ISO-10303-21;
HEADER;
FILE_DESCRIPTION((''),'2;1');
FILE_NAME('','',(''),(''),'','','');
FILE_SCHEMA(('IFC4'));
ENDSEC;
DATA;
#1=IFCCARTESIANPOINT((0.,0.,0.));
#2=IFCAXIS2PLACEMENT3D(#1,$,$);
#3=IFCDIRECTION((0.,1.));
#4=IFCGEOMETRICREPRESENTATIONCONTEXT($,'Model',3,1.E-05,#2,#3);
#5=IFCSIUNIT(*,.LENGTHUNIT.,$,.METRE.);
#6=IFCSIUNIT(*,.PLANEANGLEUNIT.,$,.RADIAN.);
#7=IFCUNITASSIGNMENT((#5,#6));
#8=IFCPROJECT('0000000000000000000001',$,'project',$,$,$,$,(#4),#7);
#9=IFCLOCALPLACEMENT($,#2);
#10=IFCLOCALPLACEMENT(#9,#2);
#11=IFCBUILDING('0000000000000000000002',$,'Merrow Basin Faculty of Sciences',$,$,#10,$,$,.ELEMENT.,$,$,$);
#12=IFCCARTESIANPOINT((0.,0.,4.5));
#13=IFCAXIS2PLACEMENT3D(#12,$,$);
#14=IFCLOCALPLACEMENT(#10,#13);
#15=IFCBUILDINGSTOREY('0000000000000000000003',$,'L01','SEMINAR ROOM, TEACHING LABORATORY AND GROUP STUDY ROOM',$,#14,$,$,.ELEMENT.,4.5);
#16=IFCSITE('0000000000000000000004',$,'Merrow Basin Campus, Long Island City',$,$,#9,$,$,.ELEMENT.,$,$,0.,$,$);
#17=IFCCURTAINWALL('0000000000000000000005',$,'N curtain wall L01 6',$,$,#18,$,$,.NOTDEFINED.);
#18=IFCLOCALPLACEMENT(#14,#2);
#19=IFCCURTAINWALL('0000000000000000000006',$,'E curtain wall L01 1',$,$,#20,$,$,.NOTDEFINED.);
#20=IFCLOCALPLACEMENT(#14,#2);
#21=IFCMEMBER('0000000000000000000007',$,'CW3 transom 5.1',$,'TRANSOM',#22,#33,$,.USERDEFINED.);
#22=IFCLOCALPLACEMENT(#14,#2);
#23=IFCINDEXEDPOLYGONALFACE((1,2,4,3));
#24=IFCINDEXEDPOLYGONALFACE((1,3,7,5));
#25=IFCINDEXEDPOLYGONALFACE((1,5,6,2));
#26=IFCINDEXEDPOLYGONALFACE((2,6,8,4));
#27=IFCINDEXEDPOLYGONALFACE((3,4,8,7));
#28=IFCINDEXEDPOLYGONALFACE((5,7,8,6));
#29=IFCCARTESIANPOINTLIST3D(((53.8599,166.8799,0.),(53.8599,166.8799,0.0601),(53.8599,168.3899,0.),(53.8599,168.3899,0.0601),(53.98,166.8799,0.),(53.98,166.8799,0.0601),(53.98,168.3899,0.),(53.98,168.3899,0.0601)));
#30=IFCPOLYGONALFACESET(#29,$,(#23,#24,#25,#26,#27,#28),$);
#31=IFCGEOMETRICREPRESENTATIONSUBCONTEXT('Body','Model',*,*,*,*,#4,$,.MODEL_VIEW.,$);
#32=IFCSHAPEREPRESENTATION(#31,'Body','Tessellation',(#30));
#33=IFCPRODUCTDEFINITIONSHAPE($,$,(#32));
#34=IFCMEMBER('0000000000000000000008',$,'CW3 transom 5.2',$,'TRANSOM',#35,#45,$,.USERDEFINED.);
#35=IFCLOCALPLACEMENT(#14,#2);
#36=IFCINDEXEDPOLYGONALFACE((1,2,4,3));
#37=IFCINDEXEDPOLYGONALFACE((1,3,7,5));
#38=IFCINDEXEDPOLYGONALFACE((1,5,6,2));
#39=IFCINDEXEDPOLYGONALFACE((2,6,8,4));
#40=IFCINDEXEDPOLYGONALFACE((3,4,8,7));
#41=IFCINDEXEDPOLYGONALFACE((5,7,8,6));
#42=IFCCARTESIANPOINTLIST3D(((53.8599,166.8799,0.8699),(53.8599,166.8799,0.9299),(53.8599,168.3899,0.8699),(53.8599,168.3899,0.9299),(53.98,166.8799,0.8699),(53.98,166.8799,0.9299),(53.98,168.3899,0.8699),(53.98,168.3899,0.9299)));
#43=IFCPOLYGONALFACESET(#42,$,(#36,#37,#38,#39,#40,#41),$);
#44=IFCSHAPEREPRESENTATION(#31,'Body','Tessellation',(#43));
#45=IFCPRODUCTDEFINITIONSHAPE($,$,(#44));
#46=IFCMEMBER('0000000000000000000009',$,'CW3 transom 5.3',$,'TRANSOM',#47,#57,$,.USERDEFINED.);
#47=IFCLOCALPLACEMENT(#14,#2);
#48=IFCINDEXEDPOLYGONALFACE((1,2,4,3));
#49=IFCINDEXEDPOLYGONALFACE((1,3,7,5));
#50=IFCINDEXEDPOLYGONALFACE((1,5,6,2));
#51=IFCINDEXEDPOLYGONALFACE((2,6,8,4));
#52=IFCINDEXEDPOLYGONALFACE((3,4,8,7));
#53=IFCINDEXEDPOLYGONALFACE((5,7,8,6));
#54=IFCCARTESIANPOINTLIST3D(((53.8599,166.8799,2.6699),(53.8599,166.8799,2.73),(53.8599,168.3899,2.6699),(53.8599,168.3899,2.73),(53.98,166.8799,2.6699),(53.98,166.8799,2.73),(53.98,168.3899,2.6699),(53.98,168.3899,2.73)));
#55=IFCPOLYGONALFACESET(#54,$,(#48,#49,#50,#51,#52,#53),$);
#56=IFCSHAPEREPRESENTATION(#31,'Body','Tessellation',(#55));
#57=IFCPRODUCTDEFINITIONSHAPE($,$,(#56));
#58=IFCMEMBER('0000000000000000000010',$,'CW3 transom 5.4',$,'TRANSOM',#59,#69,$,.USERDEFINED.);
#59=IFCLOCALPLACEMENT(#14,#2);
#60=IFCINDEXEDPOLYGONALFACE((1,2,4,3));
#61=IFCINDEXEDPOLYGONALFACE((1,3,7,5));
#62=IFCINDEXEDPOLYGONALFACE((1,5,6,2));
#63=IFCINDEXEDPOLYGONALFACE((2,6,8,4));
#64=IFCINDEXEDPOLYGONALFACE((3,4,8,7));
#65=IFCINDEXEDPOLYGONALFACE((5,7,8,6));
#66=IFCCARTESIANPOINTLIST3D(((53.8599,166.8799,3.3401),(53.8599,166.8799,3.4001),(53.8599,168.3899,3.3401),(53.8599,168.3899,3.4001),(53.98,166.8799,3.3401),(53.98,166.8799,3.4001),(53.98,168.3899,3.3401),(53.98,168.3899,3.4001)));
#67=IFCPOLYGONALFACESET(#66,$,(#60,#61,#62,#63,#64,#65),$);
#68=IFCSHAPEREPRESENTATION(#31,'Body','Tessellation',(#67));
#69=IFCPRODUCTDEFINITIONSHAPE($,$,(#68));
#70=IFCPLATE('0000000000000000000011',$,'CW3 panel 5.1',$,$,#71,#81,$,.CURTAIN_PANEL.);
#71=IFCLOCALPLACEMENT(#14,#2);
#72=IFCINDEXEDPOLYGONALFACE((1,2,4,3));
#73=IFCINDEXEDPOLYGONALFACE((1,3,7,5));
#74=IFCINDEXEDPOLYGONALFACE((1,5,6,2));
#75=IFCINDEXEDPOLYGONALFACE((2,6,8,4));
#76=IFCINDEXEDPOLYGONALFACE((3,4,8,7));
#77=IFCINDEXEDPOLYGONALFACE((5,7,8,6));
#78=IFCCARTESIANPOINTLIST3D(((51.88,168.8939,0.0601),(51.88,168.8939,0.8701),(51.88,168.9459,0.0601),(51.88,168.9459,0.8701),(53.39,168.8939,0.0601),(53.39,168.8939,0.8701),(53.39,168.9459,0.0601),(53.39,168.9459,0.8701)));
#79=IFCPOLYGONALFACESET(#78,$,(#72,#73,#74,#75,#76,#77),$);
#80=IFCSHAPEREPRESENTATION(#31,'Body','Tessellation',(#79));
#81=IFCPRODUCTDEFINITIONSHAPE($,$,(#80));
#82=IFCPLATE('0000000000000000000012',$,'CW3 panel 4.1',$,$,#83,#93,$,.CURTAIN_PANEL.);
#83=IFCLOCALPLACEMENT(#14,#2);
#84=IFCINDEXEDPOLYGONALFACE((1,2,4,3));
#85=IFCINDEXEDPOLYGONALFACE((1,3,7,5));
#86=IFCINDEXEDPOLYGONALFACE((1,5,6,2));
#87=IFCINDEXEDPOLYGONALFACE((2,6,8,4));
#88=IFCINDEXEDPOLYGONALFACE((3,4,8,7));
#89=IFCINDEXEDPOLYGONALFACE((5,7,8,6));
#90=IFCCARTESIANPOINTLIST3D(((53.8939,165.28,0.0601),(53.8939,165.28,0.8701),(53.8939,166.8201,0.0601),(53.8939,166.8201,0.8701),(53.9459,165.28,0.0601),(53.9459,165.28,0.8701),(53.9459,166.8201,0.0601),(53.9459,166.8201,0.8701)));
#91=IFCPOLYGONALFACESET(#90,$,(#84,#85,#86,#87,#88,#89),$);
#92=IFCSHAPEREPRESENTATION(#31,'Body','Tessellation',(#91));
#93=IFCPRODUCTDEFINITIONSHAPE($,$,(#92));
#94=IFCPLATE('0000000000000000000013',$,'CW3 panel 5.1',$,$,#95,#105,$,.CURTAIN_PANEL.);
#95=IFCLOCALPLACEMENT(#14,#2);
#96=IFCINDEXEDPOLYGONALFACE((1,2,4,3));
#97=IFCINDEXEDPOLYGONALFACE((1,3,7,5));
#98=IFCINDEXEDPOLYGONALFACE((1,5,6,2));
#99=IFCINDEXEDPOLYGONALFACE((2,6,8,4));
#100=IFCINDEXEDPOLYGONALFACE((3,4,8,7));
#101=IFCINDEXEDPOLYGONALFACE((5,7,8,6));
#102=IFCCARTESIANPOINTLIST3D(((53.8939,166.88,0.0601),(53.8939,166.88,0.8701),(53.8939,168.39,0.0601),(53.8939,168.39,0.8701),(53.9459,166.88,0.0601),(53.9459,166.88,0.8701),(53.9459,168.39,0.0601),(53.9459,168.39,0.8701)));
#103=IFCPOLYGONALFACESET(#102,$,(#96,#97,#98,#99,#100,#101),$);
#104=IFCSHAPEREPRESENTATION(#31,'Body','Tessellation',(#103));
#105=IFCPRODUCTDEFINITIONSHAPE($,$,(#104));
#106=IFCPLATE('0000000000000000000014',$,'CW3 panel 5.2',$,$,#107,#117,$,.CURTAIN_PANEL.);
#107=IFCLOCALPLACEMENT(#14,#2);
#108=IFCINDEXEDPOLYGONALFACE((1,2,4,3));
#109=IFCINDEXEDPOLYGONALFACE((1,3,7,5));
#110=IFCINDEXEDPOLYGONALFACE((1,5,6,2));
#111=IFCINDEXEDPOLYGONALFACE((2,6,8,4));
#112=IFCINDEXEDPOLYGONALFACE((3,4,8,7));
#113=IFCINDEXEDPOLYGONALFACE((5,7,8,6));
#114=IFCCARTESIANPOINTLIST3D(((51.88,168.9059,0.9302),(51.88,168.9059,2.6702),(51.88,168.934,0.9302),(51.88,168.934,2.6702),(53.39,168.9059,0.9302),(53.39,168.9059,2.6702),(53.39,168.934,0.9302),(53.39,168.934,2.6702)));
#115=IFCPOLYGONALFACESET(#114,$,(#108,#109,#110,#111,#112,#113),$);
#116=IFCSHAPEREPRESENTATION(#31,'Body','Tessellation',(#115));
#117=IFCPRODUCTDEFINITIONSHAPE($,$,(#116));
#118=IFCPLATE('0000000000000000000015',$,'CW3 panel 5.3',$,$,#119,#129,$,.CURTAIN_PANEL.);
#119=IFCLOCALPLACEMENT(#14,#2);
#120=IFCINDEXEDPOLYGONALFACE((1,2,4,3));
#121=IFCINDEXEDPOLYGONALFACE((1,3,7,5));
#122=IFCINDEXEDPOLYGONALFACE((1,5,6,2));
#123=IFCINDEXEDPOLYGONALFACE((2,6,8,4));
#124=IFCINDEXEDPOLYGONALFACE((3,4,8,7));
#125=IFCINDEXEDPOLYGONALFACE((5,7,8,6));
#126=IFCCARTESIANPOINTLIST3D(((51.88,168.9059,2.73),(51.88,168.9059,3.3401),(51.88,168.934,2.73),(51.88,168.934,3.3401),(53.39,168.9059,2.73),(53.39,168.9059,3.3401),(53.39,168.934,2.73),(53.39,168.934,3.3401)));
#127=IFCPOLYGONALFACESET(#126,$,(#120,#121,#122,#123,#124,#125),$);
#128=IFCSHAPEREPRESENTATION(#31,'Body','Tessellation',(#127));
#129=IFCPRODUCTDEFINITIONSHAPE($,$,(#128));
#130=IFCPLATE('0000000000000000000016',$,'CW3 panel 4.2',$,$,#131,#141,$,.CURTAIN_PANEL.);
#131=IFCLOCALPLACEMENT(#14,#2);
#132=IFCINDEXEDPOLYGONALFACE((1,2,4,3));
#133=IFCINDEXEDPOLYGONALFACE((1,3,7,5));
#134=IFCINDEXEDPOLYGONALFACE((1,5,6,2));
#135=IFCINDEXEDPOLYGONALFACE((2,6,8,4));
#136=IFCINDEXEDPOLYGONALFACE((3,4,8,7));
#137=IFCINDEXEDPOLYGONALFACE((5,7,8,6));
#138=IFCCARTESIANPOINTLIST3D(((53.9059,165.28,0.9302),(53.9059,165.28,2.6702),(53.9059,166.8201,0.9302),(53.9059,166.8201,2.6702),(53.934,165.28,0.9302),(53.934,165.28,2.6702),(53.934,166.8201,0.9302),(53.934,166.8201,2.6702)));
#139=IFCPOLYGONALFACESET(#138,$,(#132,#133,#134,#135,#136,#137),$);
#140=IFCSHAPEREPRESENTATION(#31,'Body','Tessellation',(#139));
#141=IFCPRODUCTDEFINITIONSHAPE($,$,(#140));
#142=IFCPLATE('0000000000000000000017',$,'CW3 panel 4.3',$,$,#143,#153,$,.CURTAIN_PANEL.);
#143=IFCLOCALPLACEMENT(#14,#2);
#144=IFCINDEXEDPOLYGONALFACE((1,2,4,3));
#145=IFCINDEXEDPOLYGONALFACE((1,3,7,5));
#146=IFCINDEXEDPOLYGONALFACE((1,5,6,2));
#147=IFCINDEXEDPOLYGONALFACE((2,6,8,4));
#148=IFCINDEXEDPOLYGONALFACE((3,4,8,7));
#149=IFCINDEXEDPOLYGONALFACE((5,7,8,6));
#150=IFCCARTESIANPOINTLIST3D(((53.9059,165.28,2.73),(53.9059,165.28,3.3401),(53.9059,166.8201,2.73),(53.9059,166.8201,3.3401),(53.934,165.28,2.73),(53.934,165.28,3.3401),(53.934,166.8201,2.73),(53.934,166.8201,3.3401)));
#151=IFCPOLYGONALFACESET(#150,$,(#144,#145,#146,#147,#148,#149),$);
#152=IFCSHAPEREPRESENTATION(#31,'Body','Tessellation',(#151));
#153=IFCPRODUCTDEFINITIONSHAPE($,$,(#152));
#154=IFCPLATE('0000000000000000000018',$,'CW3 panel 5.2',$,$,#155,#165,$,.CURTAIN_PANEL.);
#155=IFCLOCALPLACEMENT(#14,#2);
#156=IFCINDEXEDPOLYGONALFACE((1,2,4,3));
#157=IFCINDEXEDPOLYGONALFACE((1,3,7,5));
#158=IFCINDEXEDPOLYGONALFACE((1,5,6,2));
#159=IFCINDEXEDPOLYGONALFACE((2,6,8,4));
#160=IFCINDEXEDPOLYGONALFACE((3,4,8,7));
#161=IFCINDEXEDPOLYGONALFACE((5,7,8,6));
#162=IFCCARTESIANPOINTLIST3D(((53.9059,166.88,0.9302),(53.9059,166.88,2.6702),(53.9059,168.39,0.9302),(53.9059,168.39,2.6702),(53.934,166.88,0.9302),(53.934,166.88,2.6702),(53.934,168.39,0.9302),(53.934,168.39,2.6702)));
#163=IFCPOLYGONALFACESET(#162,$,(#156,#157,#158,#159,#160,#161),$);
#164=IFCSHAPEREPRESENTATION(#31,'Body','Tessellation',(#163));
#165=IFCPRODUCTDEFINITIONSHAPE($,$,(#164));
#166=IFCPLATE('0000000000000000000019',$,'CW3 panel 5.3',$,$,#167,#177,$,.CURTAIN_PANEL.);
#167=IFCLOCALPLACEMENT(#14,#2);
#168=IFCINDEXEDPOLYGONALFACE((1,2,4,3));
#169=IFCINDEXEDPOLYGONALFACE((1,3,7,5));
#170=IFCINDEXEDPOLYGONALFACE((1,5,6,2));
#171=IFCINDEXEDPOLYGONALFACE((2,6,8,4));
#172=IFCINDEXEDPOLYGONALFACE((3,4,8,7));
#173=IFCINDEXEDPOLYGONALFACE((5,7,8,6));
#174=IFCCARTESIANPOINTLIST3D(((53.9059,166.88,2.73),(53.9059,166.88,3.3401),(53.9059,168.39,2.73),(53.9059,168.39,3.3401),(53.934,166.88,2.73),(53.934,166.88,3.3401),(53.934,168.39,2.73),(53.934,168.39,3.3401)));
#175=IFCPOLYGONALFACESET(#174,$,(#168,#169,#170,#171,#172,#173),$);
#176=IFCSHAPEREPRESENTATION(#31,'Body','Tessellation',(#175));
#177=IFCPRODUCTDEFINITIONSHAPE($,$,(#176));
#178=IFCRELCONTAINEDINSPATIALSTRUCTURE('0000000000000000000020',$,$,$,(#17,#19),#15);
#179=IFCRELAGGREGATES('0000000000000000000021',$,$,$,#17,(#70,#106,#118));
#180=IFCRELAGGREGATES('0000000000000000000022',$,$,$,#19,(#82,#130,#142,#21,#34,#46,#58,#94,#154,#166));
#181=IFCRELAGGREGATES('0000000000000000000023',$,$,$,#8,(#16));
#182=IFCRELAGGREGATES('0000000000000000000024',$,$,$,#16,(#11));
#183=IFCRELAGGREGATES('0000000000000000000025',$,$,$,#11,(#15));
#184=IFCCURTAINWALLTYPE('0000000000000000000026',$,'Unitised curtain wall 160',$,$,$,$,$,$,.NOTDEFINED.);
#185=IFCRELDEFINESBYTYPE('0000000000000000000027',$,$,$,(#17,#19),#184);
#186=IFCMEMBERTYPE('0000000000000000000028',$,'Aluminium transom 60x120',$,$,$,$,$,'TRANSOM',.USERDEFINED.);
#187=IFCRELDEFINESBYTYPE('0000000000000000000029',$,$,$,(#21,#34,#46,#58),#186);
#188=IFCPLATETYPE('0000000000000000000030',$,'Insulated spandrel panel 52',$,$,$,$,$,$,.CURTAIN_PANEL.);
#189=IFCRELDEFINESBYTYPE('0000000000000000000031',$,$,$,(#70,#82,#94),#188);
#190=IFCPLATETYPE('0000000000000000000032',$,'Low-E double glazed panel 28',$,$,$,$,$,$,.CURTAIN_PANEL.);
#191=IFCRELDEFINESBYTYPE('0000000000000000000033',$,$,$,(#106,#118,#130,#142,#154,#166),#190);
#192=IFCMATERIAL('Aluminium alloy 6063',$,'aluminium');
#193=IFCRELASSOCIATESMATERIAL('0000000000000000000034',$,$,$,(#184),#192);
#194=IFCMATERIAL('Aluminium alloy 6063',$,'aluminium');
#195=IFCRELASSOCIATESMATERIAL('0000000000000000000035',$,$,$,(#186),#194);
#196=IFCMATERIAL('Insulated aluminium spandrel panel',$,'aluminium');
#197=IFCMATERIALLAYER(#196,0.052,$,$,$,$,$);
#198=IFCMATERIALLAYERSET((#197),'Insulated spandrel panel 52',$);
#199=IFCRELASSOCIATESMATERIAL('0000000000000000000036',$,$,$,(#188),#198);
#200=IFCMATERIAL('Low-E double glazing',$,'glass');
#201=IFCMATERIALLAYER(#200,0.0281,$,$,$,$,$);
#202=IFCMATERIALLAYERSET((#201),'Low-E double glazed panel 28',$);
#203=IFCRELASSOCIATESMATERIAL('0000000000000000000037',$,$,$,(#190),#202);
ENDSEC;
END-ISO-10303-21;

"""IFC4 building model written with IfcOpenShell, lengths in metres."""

from ifc_helpers import new_model, si_unit, direction, frame, origin, origin_2d, place, context, subcontext, project, spatial, rectangle, extrude, material, layer, layer_set, material_profile, profile_set, type_object, element, aggregate, save


model = new_model("IFC4")

# Units and contexts
model_context = context("Model", 3, precision=1e-05, world=origin(), true_north=direction((0.0, 1.0)))
body_context = subcontext(model_context, "Body", "Model", "MODEL_VIEW")
ifc_project = project(units=[si_unit("LENGTHUNIT", "METRE"), si_unit("PLANEANGLEUNIT", "RADIAN")], contexts=[model_context])

# Site, building, storey
site_placement = place(None, origin())
site = spatial("IfcSite", under=ifc_project, at=site_placement, Name="Merrow Basin Campus, Long Island City", CompositionType="ELEMENT", RefElevation=0.0)
building_placement = place(site_placement, origin())
building = spatial("IfcBuilding", under=site, at=building_placement, Name="Merrow Basin Faculty of Sciences", CompositionType="ELEMENT")
storey_placement = place(building_placement, frame((0.0, 0.0, 4.5)))
storey = spatial("IfcBuildingStorey", under=building, at=storey_placement, Name="L01", Description="SEMINAR ROOM, TEACHING LABORATORY AND GROUP STUDY ROOM", CompositionType="ELEMENT", Elevation=4.5)

# Curtain walls
ifc_material_1 = material(Name="Aluminium alloy 6063", Category="aluminium")
curtain_wall_type = type_object("IfcCurtainWallType", Name="Unitised curtain wall 160", PredefinedType="NOTDEFINED", material=ifc_material_1)
curtain_wall_1_placement = place(storey_placement, origin())
curtain_wall_1 = element("IfcCurtainWall", 1, at=curtain_wall_1_placement, inside=storey, type_object=curtain_wall_type, Name="N curtain wall L01 6", PredefinedType="NOTDEFINED")
curtain_wall_2_placement = place(storey_placement, origin())
curtain_wall_2 = element("IfcCurtainWall", 2, at=curtain_wall_2_placement, inside=storey, type_object=curtain_wall_type, Name="E curtain wall L01 1", PredefinedType="NOTDEFINED")

# Members
ifc_material_2 = material(Name="Aluminium alloy 6063", Category="aluminium")
ifc_material_profile_1 = material_profile(ifc_material_2, rectangle(XDim=0.1201, YDim=0.0601, at=origin_2d()))
ifc_profile_set_1 = profile_set([ifc_material_profile_1], Name="Aluminium alloy 6063")
member_type_1 = type_object("IfcMemberType", Name="Aluminium transom 60x120", ElementType="TRANSOM", PredefinedType="USERDEFINED", material=ifc_profile_set_1)
member_1_placement = place(storey_placement, frame((53.9199, 166.8799, 0.03), z_axis=(0.0, 1.0, 0.0), x_axis=(-1.0, 0.0, 0.0)))
member_1 = element("IfcMember", 3, at=member_1_placement, type_object=member_type_1, Name="CW3 transom 5.1", ObjectType="TRANSOM", PredefinedType="USERDEFINED", context=body_context, shape_type="SweptSolid", body=[
    extrude(rectangle(XDim=0.1201, YDim=0.0601, at=origin_2d()), origin(), (0.0, 0.0, 1.0), 1.51),
])
member_2_placement = place(storey_placement, frame((53.9199, 166.8799, 0.8999), z_axis=(0.0, 1.0, 0.0), x_axis=(-1.0, 0.0, 0.0)))
member_2 = element("IfcMember", 4, at=member_2_placement, type_object=member_type_1, Name="CW3 transom 5.2", ObjectType="TRANSOM", PredefinedType="USERDEFINED", context=body_context, shape_type="SweptSolid", body=[
    extrude(rectangle(XDim=0.1201, YDim=0.0601, at=origin_2d()), origin(), (0.0, 0.0, 1.0), 1.51),
])
member_3_placement = place(storey_placement, frame((53.9199, 166.8799, 2.7), z_axis=(0.0, 1.0, 0.0), x_axis=(-1.0, 0.0, 0.0)))
member_3 = element("IfcMember", 5, at=member_3_placement, type_object=member_type_1, Name="CW3 transom 5.3", ObjectType="TRANSOM", PredefinedType="USERDEFINED", context=body_context, shape_type="SweptSolid", body=[
    extrude(rectangle(XDim=0.1201, YDim=0.0601, at=origin_2d()), origin(), (0.0, 0.0, 1.0), 1.51),
])
member_4_placement = place(storey_placement, frame((53.9199, 166.8799, 3.3701), z_axis=(0.0, 1.0, 0.0), x_axis=(-1.0, 0.0, 0.0)))
member_4 = element("IfcMember", 6, at=member_4_placement, type_object=member_type_1, Name="CW3 transom 5.4", ObjectType="TRANSOM", PredefinedType="USERDEFINED", context=body_context, shape_type="SweptSolid", body=[
    extrude(rectangle(XDim=0.1201, YDim=0.0601, at=origin_2d()), origin(), (0.0, 0.0, 1.0), 1.51),
])

# Plates
ifc_material_3 = material(Name="Insulated aluminium spandrel panel", Category="aluminium")
ifc_layer_1 = layer(ifc_material_3, 0.052)
ifc_layer_set_1 = layer_set([ifc_layer_1], Name="Insulated spandrel panel 52")
plate_type_1 = type_object("IfcPlateType", Name="Insulated spandrel panel 52", PredefinedType="CURTAIN_PANEL", material=ifc_layer_set_1)
plate_1_placement = place(storey_placement, frame((52.635, 168.9199, 0.0601), z_axis=(0.0, 0.0, 1.0), x_axis=(1.0, 0.0, 0.0)))
plate_1 = element("IfcPlate", 7, at=plate_1_placement, type_object=plate_type_1, Name="CW3 panel 5.1", PredefinedType="CURTAIN_PANEL", context=body_context, shape_type="SweptSolid", body=[
    extrude(rectangle(XDim=1.51, YDim=0.052, at=origin_2d()), origin(), (0.0, 0.0, 1.0), 0.8101),
])
plate_2_placement = place(storey_placement, frame((53.9199, 166.05, 0.0601), z_axis=(0.0, 0.0, 1.0), x_axis=(0.0, 1.0, 0.0)))
plate_2 = element("IfcPlate", 8, at=plate_2_placement, type_object=plate_type_1, Name="CW3 panel 4.1", PredefinedType="CURTAIN_PANEL", context=body_context, shape_type="SweptSolid", body=[
    extrude(rectangle(XDim=1.54, YDim=0.052, at=origin_2d()), origin(), (0.0, 0.0, 1.0), 0.8101),
])
plate_3_placement = place(storey_placement, frame((53.9199, 167.635, 0.0601), z_axis=(0.0, 0.0, 1.0), x_axis=(0.0, 1.0, 0.0)))
plate_3 = element("IfcPlate", 9, at=plate_3_placement, type_object=plate_type_1, Name="CW3 panel 5.1", PredefinedType="CURTAIN_PANEL", context=body_context, shape_type="SweptSolid", body=[
    extrude(rectangle(XDim=1.51, YDim=0.052, at=origin_2d()), origin(), (0.0, 0.0, 1.0), 0.8101),
])
ifc_material_4 = material(Name="Low-E double glazing", Category="glass")
ifc_layer_2 = layer(ifc_material_4, 0.0281)
ifc_layer_set_2 = layer_set([ifc_layer_2], Name="Low-E double glazed panel 28")
plate_type_2 = type_object("IfcPlateType", Name="Low-E double glazed panel 28", PredefinedType="CURTAIN_PANEL", material=ifc_layer_set_2)
plate_4_placement = place(storey_placement, frame((52.635, 168.9199, 0.9302), z_axis=(0.0, 0.0, 1.0), x_axis=(1.0, 0.0, 0.0)))
plate_4 = element("IfcPlate", 10, at=plate_4_placement, type_object=plate_type_2, Name="CW3 panel 5.2", PredefinedType="CURTAIN_PANEL", context=body_context, shape_type="SweptSolid", body=[
    extrude(rectangle(XDim=1.51, YDim=0.0281, at=origin_2d()), origin(), (0.0, 0.0, 1.0), 1.74),
])
plate_5_placement = place(storey_placement, frame((52.635, 168.9199, 2.73), z_axis=(0.0, 0.0, 1.0), x_axis=(1.0, 0.0, 0.0)))
plate_5 = element("IfcPlate", 11, at=plate_5_placement, type_object=plate_type_2, Name="CW3 panel 5.3", PredefinedType="CURTAIN_PANEL", context=body_context, shape_type="SweptSolid", body=[
    extrude(rectangle(XDim=1.51, YDim=0.0281, at=origin_2d()), origin(), (0.0, 0.0, 1.0), 0.6101),
])
aggregate(curtain_wall_1, [plate_1, plate_4, plate_5])
plate_6_placement = place(storey_placement, frame((53.9199, 166.05, 0.9302), z_axis=(0.0, 0.0, 1.0), x_axis=(0.0, 1.0, 0.0)))
plate_6 = element("IfcPlate", 12, at=plate_6_placement, type_object=plate_type_2, Name="CW3 panel 4.2", PredefinedType="CURTAIN_PANEL", context=body_context, shape_type="SweptSolid", body=[
    extrude(rectangle(XDim=1.54, YDim=0.0281, at=origin_2d()), origin(), (0.0, 0.0, 1.0), 1.74),
])
plate_7_placement = place(storey_placement, frame((53.9199, 166.05, 2.73), z_axis=(0.0, 0.0, 1.0), x_axis=(0.0, 1.0, 0.0)))
plate_7 = element("IfcPlate", 13, at=plate_7_placement, type_object=plate_type_2, Name="CW3 panel 4.3", PredefinedType="CURTAIN_PANEL", context=body_context, shape_type="SweptSolid", body=[
    extrude(rectangle(XDim=1.54, YDim=0.0281, at=origin_2d()), origin(), (0.0, 0.0, 1.0), 0.6101),
])
plate_8_placement = place(storey_placement, frame((53.9199, 167.635, 0.9302), z_axis=(0.0, 0.0, 1.0), x_axis=(0.0, 1.0, 0.0)))
plate_8 = element("IfcPlate", 14, at=plate_8_placement, type_object=plate_type_2, Name="CW3 panel 5.2", PredefinedType="CURTAIN_PANEL", context=body_context, shape_type="SweptSolid", body=[
    extrude(rectangle(XDim=1.51, YDim=0.0281, at=origin_2d()), origin(), (0.0, 0.0, 1.0), 1.74),
])
plate_9_placement = place(storey_placement, frame((53.9199, 167.635, 2.73), z_axis=(0.0, 0.0, 1.0), x_axis=(0.0, 1.0, 0.0)))
plate_9 = element("IfcPlate", 15, at=plate_9_placement, type_object=plate_type_2, Name="CW3 panel 5.3", PredefinedType="CURTAIN_PANEL", context=body_context, shape_type="SweptSolid", body=[
    extrude(rectangle(XDim=1.51, YDim=0.0281, at=origin_2d()), origin(), (0.0, 0.0, 1.0), 0.6101),
])
aggregate(curtain_wall_2, [plate_2, plate_6, plate_7, member_1, member_2, member_3, member_4, plate_3, plate_8, plate_9])

save(model, "model.ifc")
